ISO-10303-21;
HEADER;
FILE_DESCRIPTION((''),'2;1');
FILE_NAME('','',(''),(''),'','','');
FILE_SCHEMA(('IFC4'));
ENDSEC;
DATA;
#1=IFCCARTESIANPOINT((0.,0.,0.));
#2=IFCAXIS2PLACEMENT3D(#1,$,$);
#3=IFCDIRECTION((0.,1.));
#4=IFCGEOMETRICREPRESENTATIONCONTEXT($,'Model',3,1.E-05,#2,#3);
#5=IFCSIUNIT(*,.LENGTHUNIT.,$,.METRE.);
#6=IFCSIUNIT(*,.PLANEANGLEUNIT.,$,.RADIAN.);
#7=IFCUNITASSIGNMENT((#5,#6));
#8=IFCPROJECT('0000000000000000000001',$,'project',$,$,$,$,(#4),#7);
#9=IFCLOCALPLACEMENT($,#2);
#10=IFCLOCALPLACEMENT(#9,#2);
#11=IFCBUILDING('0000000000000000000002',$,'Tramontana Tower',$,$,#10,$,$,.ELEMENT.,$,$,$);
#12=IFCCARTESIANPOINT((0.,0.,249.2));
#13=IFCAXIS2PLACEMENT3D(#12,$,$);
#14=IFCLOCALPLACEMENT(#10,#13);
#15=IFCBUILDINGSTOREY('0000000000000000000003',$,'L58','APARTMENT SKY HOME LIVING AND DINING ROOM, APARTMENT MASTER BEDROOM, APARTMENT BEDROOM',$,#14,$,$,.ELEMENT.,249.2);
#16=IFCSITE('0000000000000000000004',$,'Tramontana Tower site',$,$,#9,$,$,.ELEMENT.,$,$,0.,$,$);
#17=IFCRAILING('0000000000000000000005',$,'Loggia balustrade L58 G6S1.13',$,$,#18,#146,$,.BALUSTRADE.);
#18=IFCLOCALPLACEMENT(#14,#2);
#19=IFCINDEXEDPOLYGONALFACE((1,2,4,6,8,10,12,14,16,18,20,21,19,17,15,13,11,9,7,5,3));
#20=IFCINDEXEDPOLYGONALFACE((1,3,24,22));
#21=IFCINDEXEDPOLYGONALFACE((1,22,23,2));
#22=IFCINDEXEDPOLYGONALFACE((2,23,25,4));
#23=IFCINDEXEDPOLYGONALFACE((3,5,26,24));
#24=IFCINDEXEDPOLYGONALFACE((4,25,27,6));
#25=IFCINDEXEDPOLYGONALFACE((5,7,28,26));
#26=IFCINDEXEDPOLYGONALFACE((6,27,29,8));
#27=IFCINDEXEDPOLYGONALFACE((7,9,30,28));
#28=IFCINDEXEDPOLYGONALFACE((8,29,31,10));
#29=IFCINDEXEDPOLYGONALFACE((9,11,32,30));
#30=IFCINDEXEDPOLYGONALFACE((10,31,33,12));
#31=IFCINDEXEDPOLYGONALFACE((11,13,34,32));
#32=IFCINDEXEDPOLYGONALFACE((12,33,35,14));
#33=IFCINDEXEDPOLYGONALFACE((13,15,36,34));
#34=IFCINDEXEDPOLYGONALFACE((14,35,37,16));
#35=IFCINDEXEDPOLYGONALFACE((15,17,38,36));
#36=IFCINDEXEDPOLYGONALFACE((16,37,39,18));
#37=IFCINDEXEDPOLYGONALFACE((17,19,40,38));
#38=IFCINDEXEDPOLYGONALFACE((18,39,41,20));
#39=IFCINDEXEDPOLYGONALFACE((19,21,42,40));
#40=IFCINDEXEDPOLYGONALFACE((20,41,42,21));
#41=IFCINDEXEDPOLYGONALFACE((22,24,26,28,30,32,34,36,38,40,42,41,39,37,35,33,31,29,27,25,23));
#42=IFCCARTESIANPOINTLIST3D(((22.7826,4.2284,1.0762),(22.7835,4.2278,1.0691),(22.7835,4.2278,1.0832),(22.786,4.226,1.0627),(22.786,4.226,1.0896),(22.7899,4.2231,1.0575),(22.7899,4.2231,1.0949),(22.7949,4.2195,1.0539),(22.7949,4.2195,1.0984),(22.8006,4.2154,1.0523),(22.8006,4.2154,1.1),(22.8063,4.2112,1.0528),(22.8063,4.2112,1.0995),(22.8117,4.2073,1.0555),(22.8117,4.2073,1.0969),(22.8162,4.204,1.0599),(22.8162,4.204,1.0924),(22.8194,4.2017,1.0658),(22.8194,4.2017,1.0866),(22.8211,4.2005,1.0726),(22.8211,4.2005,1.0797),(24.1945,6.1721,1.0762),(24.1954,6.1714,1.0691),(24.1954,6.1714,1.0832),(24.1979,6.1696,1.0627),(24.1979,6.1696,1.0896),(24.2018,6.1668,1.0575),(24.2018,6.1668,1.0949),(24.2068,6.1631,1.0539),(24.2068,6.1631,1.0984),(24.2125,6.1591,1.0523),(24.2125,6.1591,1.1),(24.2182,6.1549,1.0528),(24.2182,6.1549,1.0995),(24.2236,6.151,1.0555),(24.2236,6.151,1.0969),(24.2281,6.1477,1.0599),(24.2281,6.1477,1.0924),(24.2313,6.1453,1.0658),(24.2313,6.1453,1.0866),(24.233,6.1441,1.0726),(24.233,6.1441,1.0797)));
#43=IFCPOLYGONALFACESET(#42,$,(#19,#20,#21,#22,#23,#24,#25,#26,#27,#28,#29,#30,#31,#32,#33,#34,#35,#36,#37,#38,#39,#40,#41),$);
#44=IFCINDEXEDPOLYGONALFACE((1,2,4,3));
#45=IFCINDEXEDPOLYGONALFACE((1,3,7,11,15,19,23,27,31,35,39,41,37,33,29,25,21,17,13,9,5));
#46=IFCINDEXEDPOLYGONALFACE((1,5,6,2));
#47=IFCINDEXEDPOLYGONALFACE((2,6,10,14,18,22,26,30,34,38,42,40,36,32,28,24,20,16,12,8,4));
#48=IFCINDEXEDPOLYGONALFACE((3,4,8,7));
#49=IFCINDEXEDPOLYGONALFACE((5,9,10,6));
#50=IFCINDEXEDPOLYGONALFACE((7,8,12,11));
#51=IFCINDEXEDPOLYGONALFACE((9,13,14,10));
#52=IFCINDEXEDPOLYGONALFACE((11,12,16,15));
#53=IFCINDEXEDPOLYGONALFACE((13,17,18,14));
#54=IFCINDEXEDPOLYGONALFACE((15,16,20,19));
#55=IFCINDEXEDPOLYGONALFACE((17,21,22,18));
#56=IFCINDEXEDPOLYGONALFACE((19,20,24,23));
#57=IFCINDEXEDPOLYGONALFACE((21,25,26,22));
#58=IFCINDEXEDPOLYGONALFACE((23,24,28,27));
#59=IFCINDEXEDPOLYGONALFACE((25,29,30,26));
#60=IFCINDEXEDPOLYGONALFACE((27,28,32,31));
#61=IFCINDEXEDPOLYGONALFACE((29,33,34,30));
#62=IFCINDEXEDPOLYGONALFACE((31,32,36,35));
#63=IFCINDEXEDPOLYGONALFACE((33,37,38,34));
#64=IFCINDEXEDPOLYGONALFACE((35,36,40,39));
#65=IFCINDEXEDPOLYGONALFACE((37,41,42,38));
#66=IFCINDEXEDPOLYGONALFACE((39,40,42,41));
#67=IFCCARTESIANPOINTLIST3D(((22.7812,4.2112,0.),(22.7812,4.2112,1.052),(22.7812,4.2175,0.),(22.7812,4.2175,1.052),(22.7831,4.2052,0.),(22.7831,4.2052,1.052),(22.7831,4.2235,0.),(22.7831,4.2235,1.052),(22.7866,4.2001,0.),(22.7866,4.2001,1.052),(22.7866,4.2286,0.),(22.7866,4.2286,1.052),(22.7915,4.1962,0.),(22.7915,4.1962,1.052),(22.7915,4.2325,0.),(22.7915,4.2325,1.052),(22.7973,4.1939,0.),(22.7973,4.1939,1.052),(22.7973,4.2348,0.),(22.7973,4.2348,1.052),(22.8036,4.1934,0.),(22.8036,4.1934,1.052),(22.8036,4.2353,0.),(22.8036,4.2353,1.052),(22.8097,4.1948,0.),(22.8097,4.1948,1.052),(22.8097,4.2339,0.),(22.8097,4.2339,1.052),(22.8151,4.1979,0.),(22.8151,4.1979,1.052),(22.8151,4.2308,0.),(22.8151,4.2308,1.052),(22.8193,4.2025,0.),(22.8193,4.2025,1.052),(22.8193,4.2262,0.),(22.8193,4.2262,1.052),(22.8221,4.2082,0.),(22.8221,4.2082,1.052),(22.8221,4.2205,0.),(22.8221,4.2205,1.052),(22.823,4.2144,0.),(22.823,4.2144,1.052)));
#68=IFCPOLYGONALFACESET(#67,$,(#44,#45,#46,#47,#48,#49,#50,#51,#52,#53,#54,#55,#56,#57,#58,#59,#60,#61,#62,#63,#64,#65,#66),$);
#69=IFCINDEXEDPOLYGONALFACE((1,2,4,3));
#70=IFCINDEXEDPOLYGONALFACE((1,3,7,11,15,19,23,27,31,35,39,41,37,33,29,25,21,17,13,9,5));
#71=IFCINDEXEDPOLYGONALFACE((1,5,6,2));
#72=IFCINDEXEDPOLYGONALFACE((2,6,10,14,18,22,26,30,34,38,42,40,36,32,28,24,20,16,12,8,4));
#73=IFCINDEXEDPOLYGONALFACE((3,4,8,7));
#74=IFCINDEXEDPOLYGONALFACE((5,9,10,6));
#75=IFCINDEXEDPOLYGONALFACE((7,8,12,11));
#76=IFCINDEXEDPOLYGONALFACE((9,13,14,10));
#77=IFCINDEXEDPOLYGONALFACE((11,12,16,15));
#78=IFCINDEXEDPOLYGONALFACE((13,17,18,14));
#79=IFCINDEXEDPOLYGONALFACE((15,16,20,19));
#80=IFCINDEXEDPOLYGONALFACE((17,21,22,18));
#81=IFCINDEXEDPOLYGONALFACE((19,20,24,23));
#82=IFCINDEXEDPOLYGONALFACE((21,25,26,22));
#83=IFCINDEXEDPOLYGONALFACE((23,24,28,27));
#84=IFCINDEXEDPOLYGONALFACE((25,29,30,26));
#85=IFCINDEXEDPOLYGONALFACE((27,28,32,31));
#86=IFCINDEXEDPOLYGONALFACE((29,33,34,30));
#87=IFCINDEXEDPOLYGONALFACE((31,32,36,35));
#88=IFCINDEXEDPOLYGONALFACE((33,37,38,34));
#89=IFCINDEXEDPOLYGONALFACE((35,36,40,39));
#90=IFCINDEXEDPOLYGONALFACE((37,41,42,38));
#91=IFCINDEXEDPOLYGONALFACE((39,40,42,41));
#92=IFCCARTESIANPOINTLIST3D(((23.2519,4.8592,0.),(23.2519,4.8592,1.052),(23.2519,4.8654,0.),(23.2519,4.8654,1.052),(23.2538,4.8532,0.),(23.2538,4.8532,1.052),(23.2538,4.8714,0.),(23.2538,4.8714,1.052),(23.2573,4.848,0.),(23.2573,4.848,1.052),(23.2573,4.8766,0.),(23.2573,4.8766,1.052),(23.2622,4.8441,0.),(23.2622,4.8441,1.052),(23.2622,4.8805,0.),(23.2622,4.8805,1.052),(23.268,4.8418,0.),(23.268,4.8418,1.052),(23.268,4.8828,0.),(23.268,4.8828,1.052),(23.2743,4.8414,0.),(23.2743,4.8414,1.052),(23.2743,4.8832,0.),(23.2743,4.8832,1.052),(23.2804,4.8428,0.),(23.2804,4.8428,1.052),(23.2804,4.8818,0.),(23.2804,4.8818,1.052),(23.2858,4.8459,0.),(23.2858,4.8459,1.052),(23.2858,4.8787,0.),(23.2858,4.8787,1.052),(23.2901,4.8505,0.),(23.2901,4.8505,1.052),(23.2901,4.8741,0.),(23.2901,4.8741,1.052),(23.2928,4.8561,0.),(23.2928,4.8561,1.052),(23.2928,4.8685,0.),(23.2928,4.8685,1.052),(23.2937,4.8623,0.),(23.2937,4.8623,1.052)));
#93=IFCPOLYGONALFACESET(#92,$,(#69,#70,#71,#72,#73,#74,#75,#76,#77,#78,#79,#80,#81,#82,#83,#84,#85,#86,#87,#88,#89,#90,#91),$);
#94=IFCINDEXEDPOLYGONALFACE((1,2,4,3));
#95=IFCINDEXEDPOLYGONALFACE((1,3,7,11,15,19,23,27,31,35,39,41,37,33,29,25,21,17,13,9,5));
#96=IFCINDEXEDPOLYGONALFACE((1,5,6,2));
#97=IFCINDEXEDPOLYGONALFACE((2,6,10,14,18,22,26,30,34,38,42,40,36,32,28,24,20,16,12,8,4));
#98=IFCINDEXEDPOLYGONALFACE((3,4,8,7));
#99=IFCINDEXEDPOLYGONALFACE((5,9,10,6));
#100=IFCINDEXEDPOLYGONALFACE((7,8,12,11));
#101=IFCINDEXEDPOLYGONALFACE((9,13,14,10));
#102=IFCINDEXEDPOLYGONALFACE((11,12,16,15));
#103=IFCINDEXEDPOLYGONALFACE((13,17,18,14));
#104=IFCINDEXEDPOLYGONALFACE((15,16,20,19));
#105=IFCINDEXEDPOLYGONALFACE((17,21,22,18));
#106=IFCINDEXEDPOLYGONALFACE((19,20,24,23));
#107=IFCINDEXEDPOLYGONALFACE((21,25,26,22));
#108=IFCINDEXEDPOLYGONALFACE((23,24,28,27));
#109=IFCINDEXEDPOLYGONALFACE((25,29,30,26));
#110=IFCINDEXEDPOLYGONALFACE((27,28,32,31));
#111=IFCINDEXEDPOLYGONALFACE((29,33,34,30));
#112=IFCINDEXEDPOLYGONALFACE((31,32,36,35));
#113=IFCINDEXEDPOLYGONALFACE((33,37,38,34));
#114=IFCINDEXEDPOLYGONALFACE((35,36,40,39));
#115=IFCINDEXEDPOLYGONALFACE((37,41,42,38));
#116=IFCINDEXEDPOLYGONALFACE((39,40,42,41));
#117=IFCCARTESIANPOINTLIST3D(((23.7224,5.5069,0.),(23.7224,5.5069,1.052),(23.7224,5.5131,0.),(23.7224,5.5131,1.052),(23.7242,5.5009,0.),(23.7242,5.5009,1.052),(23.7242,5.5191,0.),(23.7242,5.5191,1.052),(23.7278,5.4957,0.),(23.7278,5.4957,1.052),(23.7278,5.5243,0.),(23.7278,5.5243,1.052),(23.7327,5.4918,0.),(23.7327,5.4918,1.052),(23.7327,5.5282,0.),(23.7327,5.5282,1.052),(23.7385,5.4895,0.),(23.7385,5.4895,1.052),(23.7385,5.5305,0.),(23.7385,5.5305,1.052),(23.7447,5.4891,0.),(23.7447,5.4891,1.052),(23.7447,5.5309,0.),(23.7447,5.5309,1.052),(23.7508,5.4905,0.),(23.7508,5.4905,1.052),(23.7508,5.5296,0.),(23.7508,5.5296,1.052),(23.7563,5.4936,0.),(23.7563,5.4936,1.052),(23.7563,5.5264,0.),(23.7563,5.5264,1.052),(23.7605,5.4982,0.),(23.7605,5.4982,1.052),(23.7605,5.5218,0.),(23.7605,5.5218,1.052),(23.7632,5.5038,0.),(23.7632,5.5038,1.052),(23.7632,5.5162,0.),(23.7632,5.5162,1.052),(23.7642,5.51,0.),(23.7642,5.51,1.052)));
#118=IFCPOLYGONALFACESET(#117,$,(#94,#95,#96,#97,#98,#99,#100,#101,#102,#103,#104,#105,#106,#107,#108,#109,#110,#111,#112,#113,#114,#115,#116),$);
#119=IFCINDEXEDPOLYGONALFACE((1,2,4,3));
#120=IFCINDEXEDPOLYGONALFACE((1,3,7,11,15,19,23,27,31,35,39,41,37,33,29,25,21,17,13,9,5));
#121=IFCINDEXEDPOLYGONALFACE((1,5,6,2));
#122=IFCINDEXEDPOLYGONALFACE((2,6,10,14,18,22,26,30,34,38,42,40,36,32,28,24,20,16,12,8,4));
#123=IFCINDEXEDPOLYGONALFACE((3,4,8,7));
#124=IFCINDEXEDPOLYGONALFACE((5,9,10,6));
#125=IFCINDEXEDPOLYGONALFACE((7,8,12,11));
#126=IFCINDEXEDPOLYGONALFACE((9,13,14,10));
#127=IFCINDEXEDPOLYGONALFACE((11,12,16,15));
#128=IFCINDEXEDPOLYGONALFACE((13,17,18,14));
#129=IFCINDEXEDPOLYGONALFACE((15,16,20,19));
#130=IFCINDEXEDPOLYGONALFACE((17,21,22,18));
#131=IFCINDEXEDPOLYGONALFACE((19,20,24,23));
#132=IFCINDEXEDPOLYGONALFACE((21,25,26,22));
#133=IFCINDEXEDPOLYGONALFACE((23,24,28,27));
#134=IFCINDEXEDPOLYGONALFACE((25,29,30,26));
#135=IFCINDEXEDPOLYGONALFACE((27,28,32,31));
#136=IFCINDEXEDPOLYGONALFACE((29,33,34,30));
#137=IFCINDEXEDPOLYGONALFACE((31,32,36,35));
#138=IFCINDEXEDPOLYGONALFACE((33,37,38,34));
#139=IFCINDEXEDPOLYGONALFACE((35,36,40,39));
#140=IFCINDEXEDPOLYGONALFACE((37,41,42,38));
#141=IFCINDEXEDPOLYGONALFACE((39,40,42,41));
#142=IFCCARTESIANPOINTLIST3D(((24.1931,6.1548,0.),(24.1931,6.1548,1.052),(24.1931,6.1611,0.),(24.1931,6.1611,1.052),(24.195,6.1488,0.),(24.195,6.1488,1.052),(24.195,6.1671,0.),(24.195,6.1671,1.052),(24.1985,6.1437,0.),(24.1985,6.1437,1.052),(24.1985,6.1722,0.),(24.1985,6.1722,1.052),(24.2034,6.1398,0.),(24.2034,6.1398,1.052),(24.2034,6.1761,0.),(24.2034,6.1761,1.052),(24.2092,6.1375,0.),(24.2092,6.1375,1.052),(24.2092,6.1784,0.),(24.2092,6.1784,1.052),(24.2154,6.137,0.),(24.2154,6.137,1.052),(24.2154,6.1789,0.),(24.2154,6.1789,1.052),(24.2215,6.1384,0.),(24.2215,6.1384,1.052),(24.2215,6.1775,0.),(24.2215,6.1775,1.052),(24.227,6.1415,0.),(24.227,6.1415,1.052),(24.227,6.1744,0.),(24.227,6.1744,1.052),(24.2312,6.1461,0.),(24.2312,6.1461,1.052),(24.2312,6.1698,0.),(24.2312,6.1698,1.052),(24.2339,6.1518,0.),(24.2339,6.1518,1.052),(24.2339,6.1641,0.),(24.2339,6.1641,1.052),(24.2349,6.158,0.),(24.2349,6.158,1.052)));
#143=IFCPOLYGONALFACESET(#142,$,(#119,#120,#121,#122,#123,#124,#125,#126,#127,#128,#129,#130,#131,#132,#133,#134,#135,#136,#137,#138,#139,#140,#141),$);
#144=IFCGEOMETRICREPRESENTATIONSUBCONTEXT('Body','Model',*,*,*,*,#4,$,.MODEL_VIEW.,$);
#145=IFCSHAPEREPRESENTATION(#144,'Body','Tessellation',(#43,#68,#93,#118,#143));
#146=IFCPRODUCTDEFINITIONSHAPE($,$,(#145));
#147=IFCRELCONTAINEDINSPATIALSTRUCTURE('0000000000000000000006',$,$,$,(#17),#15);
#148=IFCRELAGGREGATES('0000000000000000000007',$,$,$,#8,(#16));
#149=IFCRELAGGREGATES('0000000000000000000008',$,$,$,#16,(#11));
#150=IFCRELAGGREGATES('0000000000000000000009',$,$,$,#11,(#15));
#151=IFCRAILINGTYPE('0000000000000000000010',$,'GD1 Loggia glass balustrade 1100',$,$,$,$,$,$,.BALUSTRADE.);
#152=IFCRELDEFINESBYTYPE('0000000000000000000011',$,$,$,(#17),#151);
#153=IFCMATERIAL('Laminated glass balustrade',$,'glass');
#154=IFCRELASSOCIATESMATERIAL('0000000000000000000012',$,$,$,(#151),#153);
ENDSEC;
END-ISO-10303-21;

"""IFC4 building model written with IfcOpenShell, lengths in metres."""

from ifc_helpers import new_model, si_unit, direction, frame, origin, origin_2d, place, context, subcontext, project, spatial, circle, extrude, material, type_object, element, save


model = new_model("IFC4")

# Units and contexts
model_context = context("Model", 3, precision=1e-05, world=origin(), true_north=direction((0.0, 1.0)))
body_context = subcontext(model_context, "Body", "Model", "MODEL_VIEW")
ifc_project = project(units=[si_unit("LENGTHUNIT", "METRE"), si_unit("PLANEANGLEUNIT", "RADIAN")], contexts=[model_context])

# Site, building, storey
site_placement = place(None, origin())
site = spatial("IfcSite", under=ifc_project, at=site_placement, Name="Tramontana Tower site", CompositionType="ELEMENT", RefElevation=0.0)
building_placement = place(site_placement, origin())
building = spatial("IfcBuilding", under=site, at=building_placement, Name="Tramontana Tower", CompositionType="ELEMENT")
storey_placement = place(building_placement, frame((0.0, 0.0, 249.2)))
storey = spatial("IfcBuildingStorey", under=building, at=storey_placement, Name="L58", Description="APARTMENT SKY HOME LIVING AND DINING ROOM, APARTMENT MASTER BEDROOM, APARTMENT BEDROOM", CompositionType="ELEMENT", Elevation=249.2)

# Railing
ifc_material_1 = material(Name="Laminated glass balustrade", Category="glass")
railing_type = type_object("IfcRailingType", Name="GD1 Loggia glass balustrade 1100", PredefinedType="BALUSTRADE", material=ifc_material_1)
railing_1_placement = place(storey_placement, frame((22.802, 4.2144, 0.0)))
element("IfcRailing", 1, at=railing_1_placement, inside=storey, type_object=railing_type, Name="Loggia balustrade L58 G6S1.13", PredefinedType="BALUSTRADE", context=body_context, shape_type="SweptSolid", body=[
    extrude(circle(Radius=0.0239, at=origin_2d()), frame((0.0, 0.0, 1.0762), z_axis=(0.587718, 0.809066, 0.0), x_axis=(-0.809066, 0.587718, 0.0)), (0.0, 0.0, 1.0), 2.4023),
    extrude(circle(Radius=0.021, at=origin_2d()), origin(), (0.0, 0.0, 1.0), 1.052),
    extrude(circle(Radius=0.021, at=origin_2d()), frame((0.4707, 0.6479, 0.0)), (0.0, 0.0, 1.0), 1.052),
    extrude(circle(Radius=0.021, at=origin_2d()), frame((0.9412, 1.2957, 0.0)), (0.0, 0.0, 1.0), 1.052),
    extrude(circle(Radius=0.021, at=origin_2d()), frame((1.4119, 1.9436, 0.0)), (0.0, 0.0, 1.0), 1.052),
])

save(model, "model.ifc")
